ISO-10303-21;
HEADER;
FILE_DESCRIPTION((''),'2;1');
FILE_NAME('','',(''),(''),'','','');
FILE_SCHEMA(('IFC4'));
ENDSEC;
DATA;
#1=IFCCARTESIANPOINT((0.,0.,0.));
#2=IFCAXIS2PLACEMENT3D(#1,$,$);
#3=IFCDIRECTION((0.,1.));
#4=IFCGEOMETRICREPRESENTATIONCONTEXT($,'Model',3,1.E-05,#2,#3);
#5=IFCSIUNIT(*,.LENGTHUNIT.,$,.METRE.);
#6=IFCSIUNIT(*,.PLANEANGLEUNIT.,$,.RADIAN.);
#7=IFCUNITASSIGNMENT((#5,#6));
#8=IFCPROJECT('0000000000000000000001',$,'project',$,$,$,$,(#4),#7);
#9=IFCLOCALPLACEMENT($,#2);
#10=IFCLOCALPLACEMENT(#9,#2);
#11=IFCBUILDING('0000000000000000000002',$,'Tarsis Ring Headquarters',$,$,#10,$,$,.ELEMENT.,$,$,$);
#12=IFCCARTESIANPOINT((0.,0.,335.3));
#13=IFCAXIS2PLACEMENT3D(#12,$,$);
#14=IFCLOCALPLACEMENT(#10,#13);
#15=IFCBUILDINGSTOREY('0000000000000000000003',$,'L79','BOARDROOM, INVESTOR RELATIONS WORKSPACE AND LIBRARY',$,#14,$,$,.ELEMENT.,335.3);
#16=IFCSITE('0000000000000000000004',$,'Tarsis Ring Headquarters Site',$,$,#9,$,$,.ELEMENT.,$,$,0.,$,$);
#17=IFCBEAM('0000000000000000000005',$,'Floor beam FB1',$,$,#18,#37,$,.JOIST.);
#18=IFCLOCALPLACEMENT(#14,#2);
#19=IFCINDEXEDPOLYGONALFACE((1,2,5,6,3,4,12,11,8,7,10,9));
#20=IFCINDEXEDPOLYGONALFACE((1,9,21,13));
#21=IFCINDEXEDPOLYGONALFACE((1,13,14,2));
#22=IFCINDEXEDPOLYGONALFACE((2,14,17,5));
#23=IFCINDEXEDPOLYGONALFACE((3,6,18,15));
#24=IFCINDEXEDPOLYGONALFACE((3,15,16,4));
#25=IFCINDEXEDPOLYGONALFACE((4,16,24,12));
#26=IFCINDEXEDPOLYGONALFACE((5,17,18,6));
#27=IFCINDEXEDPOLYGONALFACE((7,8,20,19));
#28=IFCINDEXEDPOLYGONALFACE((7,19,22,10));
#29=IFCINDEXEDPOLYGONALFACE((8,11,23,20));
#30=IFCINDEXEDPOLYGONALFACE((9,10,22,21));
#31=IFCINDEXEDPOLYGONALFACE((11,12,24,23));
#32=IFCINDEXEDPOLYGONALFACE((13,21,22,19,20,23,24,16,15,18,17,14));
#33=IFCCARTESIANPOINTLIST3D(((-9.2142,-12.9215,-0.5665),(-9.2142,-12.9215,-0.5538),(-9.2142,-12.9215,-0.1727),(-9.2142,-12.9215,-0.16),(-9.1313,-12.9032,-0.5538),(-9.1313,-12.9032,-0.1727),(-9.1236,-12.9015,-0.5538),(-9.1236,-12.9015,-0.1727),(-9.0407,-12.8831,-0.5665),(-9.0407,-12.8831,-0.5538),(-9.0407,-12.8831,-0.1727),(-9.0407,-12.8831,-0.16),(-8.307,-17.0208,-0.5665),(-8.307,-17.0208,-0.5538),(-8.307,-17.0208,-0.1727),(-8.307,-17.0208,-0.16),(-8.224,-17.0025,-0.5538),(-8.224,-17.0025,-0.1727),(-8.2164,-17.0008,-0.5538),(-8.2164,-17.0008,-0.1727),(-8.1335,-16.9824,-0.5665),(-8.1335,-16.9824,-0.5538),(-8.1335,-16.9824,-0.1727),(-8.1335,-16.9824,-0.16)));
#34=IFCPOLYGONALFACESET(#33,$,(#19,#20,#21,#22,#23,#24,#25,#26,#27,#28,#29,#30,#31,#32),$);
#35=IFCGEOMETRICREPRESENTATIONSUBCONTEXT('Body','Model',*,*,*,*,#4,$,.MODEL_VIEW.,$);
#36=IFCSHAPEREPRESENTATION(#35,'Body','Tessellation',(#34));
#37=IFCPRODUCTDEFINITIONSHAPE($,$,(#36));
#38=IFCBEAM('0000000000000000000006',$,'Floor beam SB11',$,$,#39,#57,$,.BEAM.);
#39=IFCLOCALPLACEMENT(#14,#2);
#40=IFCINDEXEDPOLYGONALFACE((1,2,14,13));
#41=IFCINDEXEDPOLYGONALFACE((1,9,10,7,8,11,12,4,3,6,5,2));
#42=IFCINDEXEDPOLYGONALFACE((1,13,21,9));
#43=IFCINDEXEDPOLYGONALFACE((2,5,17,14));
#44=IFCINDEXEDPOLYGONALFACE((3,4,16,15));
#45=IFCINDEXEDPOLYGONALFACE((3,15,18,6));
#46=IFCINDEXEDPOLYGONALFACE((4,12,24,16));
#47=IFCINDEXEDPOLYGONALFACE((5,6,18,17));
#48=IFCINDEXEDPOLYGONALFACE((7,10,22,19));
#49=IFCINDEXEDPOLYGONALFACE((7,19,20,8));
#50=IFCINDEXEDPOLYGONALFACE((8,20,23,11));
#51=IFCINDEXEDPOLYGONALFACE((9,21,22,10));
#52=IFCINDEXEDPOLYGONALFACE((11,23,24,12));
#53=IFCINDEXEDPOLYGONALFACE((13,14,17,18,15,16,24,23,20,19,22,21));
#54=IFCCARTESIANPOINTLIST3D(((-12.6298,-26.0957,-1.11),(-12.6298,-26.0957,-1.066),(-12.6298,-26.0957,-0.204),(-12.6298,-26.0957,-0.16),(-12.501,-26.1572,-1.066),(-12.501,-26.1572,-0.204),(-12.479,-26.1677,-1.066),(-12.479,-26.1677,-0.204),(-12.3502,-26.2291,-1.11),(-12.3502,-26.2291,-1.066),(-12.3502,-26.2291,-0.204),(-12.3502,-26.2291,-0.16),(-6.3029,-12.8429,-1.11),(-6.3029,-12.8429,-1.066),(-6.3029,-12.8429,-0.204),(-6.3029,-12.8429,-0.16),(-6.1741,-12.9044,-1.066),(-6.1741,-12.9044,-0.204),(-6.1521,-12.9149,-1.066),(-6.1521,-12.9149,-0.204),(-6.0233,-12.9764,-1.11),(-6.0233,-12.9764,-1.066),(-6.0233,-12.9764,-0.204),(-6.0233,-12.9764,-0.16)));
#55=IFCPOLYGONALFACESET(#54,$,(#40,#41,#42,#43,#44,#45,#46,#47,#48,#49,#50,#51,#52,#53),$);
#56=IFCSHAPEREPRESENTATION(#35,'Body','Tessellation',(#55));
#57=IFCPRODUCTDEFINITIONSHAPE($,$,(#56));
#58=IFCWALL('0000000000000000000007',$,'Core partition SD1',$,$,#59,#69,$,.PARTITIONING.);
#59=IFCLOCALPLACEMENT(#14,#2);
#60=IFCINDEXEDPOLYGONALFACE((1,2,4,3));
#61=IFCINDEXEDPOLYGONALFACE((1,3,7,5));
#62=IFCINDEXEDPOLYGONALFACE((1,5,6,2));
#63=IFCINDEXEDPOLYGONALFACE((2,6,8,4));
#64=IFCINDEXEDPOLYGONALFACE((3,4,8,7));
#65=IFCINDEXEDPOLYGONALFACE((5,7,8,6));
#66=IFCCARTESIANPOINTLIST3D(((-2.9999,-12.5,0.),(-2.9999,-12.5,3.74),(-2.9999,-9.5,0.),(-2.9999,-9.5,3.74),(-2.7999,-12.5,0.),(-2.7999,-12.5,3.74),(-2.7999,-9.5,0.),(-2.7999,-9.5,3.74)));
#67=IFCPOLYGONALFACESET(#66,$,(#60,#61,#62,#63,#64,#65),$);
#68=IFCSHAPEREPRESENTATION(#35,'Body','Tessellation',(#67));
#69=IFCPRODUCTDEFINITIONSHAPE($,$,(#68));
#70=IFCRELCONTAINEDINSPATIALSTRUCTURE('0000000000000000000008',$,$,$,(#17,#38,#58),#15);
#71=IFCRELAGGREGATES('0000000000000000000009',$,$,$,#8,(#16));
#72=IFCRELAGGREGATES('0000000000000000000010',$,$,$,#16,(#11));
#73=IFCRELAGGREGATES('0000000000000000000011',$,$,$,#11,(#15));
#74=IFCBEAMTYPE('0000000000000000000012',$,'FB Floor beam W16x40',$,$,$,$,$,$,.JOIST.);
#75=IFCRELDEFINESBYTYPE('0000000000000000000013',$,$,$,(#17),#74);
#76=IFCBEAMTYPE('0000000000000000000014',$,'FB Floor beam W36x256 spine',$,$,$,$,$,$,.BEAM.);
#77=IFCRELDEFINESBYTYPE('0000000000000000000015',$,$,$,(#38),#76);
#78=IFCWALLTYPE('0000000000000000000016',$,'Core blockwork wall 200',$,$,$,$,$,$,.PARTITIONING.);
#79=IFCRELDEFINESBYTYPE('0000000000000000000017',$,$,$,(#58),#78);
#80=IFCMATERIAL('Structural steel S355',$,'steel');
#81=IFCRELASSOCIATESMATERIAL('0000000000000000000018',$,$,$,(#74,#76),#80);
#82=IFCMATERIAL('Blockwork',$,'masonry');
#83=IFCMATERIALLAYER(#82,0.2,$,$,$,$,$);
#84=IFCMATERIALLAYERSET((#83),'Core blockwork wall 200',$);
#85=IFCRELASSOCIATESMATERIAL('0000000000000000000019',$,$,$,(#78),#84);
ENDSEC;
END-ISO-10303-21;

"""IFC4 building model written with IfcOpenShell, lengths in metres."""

from ifc_helpers import new_model, si_unit, direction, frame, frame_2d, origin, origin_2d, place, context, subcontext, project, spatial, rectangle, i_section, extrude, material, layer, layer_set, material_profile, profile_set, type_object, element, save


model = new_model("IFC4")

# Units and contexts
model_context = context("Model", 3, precision=1e-05, world=origin(), true_north=direction((0.0, 1.0)))
body_context = subcontext(model_context, "Body", "Model", "MODEL_VIEW")
ifc_project = project(units=[si_unit("LENGTHUNIT", "METRE"), si_unit("PLANEANGLEUNIT", "RADIAN")], contexts=[model_context])

# Site, building, storey
site_placement = place(None, origin())
site = spatial("IfcSite", under=ifc_project, at=site_placement, Name="Tarsis Ring Headquarters Site", CompositionType="ELEMENT", RefElevation=0.0)
building_placement = place(site_placement, origin())
building = spatial("IfcBuilding", under=site, at=building_placement, Name="Tarsis Ring Headquarters", CompositionType="ELEMENT")
storey_placement = place(building_placement, frame((0.0, 0.0, 335.3)))
storey = spatial("IfcBuildingStorey", under=building, at=storey_placement, Name="L79", Description="BOARDROOM, INVESTOR RELATIONS WORKSPACE AND LIBRARY", CompositionType="ELEMENT", Elevation=335.3)

# Beams
ifc_material_1 = material(Name="Structural steel S355", Category="steel")
ifc_material_profile_1 = material_profile(ifc_material_1, i_section(OverallWidth=0.1777, OverallDepth=0.4065, WebThickness=0.0078, FlangeThickness=0.0127, at=origin_2d()), Name="W16x40")
ifc_profile_set_1 = profile_set([ifc_material_profile_1], Name="Structural steel S355")
beam_type_1 = type_object("IfcBeamType", Name="FB Floor beam W16x40", PredefinedType="JOIST", material=ifc_profile_set_1)
beam_1_placement = place(storey_placement, frame((-9.1274, -12.9023, -0.3633), z_axis=(0.216081, -0.976376, 0.0), x_axis=(0.976376, 0.216081, 0.0)))
element("IfcBeam", 1, at=beam_1_placement, inside=storey, type_object=beam_type_1, Name="Floor beam FB1", PredefinedType="JOIST", context=body_context, shape_type="SweptSolid", body=[
    extrude(i_section(OverallWidth=0.1777, OverallDepth=0.4065, WebThickness=0.0078, FlangeThickness=0.0127, at=origin_2d()), origin(), (0.0, 0.0, 1.0), 4.1985),
])
ifc_material_profile_2 = material_profile(ifc_material_1, i_section(OverallWidth=0.3098, OverallDepth=0.95, WebThickness=0.0244, FlangeThickness=0.0439, at=origin_2d()), Name="W36x256")
ifc_profile_set_2 = profile_set([ifc_material_profile_2], Name="Structural steel S355")
beam_type_2 = type_object("IfcBeamType", Name="FB Floor beam W36x256 spine", PredefinedType="BEAM", material=ifc_profile_set_2)
beam_2_placement = place(storey_placement, frame((-6.1631, -12.9097, -0.635), z_axis=(-0.430827, -0.902434, 0.0), x_axis=(0.902434, -0.430827, 0.0)))
element("IfcBeam", 2, at=beam_2_placement, inside=storey, type_object=beam_type_2, Name="Floor beam SB11", PredefinedType="BEAM", context=body_context, shape_type="SweptSolid", body=[
    extrude(i_section(OverallWidth=0.3098, OverallDepth=0.95, WebThickness=0.0244, FlangeThickness=0.0439, at=origin_2d()), origin(), (0.0, 0.0, 1.0), 14.6855),
])

# Wall
ifc_material_2 = material(Name="Blockwork", Category="masonry")
ifc_layer_1 = layer(ifc_material_2, 0.2)
ifc_layer_set_1 = layer_set([ifc_layer_1], Name="Core blockwork wall 200")
wall_type_1 = type_object("IfcWallType", Name="Core blockwork wall 200", PredefinedType="PARTITIONING", material=ifc_layer_set_1)
wall_1_placement = place(storey_placement, frame((-2.8999, -12.5, 0.0), z_axis=(0.0, 0.0, 1.0), x_axis=(0.0, 1.0, 0.0)))
element("IfcWall", 3, at=wall_1_placement, inside=storey, type_object=wall_type_1, Name="Core partition SD1", PredefinedType="PARTITIONING", context=body_context, shape_type="SweptSolid", body=[
    extrude(rectangle(XDim=3.0, YDim=0.2, at=frame_2d((1.5, 0.0))), origin(), (0.0, 0.0, 1.0), 3.74),
])

save(model, "model.ifc")
